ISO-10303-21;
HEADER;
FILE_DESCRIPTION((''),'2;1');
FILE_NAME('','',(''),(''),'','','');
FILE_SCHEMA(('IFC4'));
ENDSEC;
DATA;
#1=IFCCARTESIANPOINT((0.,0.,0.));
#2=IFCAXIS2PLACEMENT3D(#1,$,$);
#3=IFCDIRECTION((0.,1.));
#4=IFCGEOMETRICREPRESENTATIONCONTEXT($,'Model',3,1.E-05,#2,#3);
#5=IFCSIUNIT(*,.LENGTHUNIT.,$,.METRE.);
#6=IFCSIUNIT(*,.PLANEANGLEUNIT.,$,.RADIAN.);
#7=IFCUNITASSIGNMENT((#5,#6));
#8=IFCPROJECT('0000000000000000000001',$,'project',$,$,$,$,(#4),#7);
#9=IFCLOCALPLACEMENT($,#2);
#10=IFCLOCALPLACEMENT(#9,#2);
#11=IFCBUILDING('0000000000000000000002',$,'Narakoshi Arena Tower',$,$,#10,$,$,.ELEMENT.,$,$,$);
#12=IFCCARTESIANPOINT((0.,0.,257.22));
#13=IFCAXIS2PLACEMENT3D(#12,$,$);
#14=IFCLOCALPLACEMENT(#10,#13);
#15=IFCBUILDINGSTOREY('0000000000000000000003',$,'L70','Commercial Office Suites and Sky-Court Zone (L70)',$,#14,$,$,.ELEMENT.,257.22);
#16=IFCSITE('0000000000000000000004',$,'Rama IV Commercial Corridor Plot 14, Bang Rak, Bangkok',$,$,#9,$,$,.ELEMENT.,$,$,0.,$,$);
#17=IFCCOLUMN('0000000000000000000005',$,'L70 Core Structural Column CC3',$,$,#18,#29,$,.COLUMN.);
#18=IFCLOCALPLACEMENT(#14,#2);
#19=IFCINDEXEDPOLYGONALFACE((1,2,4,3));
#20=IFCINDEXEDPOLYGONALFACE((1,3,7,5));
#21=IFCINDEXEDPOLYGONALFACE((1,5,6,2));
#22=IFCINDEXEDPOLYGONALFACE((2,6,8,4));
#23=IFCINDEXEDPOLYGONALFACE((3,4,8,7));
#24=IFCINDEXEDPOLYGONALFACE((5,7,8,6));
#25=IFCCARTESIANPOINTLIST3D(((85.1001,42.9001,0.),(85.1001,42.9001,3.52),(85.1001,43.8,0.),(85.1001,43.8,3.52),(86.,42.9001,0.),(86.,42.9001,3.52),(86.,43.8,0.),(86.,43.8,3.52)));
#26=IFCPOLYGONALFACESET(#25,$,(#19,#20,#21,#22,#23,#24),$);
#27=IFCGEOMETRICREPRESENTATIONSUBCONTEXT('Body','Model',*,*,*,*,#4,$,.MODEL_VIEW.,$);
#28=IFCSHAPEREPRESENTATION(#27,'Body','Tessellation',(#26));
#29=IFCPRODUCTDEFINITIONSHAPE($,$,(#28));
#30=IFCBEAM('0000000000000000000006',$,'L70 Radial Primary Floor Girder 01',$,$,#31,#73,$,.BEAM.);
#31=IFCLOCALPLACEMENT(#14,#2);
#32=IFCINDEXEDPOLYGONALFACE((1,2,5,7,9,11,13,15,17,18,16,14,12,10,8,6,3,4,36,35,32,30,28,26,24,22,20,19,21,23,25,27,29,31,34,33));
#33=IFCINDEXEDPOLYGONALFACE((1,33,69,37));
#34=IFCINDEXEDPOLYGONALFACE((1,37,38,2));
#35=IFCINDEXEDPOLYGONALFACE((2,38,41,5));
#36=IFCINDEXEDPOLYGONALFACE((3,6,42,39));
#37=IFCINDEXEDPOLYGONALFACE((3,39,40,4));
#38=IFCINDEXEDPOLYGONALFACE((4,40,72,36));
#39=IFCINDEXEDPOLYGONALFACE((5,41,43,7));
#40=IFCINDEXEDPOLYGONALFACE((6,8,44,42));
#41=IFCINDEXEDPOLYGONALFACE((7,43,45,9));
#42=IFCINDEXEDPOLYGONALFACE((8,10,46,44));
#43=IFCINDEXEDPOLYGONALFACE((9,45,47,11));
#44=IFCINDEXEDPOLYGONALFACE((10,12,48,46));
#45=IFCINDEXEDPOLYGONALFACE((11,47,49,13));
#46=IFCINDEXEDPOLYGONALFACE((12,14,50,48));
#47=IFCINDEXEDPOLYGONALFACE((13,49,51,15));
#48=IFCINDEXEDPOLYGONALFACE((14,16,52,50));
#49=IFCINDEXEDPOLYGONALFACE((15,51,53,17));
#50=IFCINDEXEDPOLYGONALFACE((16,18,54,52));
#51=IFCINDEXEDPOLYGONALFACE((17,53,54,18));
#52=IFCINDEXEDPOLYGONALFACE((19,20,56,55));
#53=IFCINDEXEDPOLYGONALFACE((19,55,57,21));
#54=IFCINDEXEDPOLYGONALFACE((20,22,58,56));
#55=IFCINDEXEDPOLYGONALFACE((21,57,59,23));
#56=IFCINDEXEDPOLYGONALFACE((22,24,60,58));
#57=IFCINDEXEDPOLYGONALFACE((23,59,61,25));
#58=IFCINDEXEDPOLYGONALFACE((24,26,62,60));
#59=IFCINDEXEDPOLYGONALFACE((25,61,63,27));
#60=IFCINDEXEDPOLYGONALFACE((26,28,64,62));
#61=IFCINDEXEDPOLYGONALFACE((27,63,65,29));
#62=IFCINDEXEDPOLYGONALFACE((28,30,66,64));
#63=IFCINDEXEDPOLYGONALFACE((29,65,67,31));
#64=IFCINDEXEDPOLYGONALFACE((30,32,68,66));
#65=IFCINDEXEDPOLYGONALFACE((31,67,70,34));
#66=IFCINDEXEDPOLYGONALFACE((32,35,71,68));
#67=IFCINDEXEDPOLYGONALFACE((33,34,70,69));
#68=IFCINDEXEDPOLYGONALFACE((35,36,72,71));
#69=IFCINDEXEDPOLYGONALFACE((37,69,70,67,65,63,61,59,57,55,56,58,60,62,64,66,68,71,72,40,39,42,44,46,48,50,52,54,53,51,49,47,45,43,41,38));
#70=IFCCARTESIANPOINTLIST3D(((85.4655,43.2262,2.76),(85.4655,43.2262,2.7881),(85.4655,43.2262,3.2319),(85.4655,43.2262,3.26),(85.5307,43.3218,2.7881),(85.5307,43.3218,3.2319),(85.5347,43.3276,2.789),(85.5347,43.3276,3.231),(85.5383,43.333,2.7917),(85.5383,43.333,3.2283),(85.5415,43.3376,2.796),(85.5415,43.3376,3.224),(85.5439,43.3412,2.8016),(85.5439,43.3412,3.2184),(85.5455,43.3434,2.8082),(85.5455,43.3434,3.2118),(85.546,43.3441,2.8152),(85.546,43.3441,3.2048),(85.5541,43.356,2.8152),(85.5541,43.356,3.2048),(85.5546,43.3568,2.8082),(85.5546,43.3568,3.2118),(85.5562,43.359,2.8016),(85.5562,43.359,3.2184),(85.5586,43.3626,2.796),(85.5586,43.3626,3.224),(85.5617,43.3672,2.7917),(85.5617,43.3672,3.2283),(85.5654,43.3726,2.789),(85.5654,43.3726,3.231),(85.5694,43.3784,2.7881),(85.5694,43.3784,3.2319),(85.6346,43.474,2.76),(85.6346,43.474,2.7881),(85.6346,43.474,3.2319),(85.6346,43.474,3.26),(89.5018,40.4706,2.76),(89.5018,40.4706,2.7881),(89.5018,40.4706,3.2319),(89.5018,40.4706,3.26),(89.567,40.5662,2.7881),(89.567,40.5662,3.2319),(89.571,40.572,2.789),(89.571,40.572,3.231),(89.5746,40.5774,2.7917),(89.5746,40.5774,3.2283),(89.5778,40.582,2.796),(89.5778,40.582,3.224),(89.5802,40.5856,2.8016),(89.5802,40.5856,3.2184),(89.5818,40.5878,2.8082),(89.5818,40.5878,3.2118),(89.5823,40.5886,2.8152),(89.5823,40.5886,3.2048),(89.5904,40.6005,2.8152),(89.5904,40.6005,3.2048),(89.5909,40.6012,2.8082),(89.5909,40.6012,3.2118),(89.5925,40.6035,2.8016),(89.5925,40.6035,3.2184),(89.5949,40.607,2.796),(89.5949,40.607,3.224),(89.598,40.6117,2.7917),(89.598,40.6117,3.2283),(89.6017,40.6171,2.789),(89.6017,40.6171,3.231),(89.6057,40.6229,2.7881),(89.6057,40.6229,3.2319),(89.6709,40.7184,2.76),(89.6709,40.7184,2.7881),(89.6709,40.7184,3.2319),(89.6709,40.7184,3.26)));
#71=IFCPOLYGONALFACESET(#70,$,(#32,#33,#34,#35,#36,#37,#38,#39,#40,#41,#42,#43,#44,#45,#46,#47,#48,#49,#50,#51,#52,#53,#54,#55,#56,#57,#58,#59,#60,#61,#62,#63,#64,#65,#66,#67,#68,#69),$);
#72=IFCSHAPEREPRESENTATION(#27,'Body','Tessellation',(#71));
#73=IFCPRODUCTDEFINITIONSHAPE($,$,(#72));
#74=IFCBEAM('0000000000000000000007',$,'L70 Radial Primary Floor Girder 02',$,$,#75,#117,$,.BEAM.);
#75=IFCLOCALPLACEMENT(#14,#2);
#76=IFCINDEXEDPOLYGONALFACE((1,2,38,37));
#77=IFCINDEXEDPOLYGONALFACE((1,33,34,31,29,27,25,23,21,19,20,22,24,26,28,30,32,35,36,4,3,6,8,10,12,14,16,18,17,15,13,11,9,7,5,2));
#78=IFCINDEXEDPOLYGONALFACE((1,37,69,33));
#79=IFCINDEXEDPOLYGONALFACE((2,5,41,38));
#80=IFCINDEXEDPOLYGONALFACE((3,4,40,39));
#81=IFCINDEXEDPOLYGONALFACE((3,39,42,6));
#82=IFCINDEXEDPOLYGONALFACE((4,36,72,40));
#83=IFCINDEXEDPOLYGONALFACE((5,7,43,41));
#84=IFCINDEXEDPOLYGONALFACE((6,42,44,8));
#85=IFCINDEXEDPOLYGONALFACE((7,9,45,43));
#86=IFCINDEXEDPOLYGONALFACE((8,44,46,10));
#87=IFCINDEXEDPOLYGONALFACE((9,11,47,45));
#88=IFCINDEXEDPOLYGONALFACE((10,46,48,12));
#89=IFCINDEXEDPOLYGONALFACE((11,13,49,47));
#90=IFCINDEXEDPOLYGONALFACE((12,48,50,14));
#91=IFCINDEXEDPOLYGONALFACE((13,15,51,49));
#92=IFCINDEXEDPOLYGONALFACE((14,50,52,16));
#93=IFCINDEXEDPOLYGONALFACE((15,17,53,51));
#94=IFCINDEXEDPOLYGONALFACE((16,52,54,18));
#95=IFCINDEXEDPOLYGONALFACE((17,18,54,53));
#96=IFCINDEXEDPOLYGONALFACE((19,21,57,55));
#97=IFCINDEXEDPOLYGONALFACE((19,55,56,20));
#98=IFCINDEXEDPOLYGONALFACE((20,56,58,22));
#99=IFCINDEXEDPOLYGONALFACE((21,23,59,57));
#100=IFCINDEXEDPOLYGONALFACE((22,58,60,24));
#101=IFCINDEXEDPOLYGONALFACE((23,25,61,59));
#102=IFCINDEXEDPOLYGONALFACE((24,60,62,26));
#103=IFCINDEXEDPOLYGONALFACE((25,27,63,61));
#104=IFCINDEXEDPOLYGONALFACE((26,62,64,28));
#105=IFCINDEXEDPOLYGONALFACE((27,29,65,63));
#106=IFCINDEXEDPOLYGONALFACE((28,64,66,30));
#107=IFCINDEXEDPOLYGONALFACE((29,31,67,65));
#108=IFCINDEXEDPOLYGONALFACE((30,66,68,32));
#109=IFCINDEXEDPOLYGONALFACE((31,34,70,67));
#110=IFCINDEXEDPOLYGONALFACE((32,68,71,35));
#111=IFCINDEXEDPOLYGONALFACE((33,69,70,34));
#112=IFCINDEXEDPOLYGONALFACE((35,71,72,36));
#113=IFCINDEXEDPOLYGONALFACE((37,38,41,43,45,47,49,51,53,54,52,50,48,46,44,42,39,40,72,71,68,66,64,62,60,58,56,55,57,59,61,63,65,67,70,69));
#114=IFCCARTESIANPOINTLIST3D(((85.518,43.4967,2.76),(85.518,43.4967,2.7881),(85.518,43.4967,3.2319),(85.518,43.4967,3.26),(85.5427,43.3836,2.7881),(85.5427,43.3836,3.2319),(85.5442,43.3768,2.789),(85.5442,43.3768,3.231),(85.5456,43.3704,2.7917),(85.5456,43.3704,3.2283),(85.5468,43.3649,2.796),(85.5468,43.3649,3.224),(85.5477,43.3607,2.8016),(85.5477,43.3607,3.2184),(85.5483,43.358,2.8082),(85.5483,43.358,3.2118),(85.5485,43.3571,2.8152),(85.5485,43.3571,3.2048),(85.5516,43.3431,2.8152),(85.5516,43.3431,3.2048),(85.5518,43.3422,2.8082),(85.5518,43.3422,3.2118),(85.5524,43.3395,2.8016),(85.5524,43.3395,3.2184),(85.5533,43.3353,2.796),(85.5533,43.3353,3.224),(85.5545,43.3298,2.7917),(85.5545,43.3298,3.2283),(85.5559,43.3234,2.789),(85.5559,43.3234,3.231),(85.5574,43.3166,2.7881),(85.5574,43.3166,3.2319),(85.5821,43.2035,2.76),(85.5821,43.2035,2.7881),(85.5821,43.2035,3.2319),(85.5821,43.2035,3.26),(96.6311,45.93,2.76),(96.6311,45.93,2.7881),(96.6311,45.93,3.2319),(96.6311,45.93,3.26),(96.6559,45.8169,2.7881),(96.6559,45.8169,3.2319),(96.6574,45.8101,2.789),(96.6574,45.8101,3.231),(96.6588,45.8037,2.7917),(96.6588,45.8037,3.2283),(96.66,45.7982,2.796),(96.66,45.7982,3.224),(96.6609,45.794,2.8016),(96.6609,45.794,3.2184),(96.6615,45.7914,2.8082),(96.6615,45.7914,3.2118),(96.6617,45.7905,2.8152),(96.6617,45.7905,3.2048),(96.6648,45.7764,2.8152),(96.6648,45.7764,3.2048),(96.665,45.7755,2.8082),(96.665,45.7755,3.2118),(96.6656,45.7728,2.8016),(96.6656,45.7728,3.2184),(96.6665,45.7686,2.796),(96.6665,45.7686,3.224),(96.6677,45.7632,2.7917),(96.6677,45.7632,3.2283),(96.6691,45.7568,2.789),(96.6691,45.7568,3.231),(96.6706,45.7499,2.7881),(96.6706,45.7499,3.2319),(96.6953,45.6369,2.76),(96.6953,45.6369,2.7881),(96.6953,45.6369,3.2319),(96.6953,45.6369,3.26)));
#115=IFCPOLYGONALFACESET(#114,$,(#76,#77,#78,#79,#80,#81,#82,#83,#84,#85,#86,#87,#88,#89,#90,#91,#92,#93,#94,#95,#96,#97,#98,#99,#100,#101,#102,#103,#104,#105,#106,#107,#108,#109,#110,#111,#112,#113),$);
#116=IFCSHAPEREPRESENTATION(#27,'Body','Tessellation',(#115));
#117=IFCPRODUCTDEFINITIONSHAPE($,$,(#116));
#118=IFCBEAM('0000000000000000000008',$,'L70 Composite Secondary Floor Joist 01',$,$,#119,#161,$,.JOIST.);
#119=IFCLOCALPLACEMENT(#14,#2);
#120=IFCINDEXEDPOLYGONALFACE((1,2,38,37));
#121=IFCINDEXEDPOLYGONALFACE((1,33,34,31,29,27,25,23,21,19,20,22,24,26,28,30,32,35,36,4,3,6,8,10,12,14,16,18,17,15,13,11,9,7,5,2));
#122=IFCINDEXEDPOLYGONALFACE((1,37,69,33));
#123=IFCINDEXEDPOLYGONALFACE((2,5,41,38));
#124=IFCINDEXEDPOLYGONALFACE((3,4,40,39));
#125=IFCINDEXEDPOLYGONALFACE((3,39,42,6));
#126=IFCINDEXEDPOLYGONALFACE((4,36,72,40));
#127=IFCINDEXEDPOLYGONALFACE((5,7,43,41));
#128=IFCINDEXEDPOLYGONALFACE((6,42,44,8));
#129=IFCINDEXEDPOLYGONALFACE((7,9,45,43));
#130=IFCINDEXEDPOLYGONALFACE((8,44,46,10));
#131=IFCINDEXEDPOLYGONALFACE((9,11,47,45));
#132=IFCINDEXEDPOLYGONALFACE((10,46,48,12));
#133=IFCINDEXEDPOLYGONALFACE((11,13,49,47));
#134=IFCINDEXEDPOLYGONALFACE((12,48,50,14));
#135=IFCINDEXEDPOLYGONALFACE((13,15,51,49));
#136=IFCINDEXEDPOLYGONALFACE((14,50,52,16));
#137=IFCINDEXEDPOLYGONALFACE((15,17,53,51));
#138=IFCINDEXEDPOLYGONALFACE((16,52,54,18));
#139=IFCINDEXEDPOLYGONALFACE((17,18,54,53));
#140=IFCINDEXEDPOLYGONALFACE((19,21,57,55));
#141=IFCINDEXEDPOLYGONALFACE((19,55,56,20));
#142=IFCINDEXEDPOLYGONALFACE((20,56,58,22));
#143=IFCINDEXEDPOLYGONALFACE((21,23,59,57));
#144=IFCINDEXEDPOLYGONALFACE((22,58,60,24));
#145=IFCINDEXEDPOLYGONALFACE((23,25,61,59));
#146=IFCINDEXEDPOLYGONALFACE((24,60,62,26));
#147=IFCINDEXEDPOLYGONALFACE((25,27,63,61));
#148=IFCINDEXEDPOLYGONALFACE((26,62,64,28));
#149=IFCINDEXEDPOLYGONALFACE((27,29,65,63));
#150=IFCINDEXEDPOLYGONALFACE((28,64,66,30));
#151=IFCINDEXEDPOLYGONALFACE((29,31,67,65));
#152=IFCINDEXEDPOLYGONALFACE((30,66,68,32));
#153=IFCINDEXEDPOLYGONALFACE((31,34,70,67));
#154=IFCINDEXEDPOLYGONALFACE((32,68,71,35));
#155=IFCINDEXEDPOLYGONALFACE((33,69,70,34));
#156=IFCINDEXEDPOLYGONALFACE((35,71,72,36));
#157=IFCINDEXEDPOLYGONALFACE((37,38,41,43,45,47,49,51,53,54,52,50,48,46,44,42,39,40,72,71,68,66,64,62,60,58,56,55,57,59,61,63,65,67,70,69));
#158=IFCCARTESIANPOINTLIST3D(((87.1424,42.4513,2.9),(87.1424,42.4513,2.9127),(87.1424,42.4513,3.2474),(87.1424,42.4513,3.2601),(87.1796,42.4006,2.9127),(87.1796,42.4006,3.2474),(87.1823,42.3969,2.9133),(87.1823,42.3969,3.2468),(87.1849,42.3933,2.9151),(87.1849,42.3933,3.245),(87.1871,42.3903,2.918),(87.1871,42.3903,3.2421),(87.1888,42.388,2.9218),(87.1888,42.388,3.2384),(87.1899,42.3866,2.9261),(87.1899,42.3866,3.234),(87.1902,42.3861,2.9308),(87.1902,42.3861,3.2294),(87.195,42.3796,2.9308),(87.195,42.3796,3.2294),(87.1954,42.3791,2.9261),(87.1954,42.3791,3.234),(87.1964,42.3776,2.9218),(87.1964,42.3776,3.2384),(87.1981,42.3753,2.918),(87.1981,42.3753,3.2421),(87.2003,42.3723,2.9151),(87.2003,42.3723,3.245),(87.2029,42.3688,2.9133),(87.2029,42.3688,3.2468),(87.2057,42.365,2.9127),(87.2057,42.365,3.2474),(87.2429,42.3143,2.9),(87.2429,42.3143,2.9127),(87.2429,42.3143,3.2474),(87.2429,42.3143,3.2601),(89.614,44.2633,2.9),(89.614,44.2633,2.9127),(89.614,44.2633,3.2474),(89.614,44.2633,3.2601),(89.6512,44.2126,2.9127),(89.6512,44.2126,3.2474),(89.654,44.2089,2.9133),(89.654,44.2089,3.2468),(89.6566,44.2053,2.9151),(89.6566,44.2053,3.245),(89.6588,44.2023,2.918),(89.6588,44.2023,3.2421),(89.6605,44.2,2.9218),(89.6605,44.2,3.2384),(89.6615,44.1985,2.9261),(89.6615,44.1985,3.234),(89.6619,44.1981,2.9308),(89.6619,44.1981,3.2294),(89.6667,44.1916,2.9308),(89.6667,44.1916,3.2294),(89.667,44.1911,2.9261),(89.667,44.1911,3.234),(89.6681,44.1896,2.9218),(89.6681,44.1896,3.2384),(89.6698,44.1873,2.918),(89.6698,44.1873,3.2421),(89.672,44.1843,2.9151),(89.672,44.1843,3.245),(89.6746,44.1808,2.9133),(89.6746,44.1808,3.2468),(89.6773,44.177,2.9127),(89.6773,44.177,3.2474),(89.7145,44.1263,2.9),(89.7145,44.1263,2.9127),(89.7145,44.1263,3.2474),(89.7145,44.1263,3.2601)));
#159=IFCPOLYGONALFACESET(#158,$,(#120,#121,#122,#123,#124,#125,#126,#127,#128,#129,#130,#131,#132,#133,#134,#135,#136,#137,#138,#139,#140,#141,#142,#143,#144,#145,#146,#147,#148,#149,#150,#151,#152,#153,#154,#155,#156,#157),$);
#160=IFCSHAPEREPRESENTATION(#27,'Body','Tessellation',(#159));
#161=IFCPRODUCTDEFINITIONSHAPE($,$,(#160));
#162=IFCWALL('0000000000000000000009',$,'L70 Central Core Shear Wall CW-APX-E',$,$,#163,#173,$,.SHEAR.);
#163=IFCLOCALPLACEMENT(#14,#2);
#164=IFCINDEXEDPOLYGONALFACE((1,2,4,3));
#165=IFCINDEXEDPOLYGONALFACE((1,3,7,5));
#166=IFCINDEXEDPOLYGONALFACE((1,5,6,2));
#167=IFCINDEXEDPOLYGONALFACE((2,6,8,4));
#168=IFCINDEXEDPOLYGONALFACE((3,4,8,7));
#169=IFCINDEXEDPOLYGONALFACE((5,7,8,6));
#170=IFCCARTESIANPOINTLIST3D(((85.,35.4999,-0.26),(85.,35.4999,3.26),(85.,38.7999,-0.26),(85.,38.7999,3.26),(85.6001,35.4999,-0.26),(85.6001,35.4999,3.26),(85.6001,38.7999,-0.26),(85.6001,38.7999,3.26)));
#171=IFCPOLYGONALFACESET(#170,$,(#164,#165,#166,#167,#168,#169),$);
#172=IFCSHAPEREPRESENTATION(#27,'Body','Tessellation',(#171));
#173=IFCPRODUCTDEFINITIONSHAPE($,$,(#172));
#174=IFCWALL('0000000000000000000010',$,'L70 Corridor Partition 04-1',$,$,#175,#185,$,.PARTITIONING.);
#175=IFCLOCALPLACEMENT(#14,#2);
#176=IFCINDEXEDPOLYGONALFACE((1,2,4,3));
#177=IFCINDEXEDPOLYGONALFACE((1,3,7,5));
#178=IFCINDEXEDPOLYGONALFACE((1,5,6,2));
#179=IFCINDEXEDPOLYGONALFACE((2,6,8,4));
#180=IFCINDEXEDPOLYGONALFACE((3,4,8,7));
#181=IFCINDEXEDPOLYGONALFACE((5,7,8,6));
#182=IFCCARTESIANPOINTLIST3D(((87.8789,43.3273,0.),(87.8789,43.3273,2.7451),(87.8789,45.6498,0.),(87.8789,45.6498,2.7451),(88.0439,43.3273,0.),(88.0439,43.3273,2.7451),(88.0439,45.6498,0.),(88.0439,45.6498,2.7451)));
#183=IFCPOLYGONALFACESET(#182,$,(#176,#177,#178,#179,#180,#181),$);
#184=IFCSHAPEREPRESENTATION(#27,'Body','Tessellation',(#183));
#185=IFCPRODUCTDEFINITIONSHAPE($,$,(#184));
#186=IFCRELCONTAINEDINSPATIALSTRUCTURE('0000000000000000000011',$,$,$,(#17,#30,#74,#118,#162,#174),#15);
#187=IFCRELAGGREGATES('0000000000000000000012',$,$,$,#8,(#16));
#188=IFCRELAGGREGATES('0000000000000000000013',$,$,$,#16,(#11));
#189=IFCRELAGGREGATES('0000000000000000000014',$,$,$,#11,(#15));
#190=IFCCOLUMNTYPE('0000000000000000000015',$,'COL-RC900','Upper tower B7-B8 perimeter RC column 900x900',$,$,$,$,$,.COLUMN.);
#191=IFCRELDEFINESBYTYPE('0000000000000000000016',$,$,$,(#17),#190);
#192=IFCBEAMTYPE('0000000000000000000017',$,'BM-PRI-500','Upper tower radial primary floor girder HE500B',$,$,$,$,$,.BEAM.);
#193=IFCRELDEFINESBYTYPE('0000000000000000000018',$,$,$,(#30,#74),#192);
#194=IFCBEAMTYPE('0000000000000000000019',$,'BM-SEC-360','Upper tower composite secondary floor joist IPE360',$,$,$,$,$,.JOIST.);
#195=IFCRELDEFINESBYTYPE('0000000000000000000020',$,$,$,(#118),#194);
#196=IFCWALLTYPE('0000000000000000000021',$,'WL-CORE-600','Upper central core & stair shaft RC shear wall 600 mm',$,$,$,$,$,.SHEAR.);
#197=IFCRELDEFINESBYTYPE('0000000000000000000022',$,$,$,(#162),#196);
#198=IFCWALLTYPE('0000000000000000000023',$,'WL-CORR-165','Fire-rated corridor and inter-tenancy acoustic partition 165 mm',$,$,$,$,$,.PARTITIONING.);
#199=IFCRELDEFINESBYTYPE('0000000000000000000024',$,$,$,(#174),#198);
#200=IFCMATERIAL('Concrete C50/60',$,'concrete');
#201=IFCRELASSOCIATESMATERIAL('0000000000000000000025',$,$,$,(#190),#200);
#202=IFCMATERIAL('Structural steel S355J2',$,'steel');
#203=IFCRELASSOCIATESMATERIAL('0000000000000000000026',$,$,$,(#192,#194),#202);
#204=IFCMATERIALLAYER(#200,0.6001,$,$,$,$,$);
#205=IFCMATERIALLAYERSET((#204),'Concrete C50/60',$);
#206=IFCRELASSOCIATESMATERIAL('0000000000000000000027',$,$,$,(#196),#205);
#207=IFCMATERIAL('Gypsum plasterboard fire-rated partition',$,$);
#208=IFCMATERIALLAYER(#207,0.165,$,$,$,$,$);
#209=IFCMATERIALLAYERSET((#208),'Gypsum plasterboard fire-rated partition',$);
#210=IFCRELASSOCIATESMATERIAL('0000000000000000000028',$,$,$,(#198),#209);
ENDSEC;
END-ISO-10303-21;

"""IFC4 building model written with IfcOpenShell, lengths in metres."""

from ifc_helpers import new_model, si_unit, direction, frame, frame_2d, origin, origin_2d, place, context, subcontext, project, spatial, rectangle, i_section, extrude, material, layer, layer_set, material_profile, profile_set, type_object, element, save


model = new_model("IFC4")

# Units and contexts
model_context = context("Model", 3, precision=1e-05, world=origin(), true_north=direction((0.0, 1.0)))
body_context = subcontext(model_context, "Body", "Model", "MODEL_VIEW")
ifc_project = project(units=[si_unit("LENGTHUNIT", "METRE"), si_unit("PLANEANGLEUNIT", "RADIAN")], contexts=[model_context])

# Site, building, storey
site_placement = place(None, origin())
site = spatial("IfcSite", under=ifc_project, at=site_placement, Name="Rama IV Commercial Corridor Plot 14, Bang Rak, Bangkok", CompositionType="ELEMENT", RefElevation=0.0)
building_placement = place(site_placement, origin())
building = spatial("IfcBuilding", under=site, at=building_placement, Name="Narakoshi Arena Tower", CompositionType="ELEMENT")
storey_placement = place(building_placement, frame((0.0, 0.0, 257.22)))
storey = spatial("IfcBuildingStorey", under=building, at=storey_placement, Name="L70", Description="Commercial Office Suites and Sky-Court Zone (L70)", CompositionType="ELEMENT", Elevation=257.22)

# Column
ifc_material_1 = material(Name="Concrete C50/60", Category="concrete")
ifc_material_profile_1 = material_profile(ifc_material_1, rectangle(XDim=0.8999, YDim=0.8999, at=origin_2d()), Name="RC900x900")
ifc_profile_set_1 = profile_set([ifc_material_profile_1], Name="Concrete C50/60")
column_type = type_object("IfcColumnType", Name="COL-RC900", Description="Upper tower B7-B8 perimeter RC column 900x900", PredefinedType="COLUMN", material=ifc_profile_set_1)
column_placement = place(storey_placement, frame((85.55, 43.3501, 0.0), z_axis=(0.0, 0.0, 1.0), x_axis=(1.0, 0.0, 0.0)))
element("IfcColumn", 1, at=column_placement, inside=storey, type_object=column_type, Name="L70 Core Structural Column CC3", PredefinedType="COLUMN", context=body_context, shape_type="SweptSolid", body=[
    extrude(rectangle(XDim=0.8999, YDim=0.8999, at=origin_2d()), origin(), (0.0, 0.0, 1.0), 3.52),
])

# Beams
ifc_material_2 = material(Name="Structural steel S355J2", Category="steel")
ifc_material_profile_2 = material_profile(ifc_material_2, i_section(OverallWidth=0.3, OverallDepth=0.5, WebThickness=0.0144, FlangeThickness=0.0281, FilletRadius=0.0271, at=origin_2d()), Name="HE500B")
ifc_profile_set_2 = profile_set([ifc_material_profile_2], Name="Structural steel S355J2")
beam_type_1 = type_object("IfcBeamType", Name="BM-PRI-500", Description="Upper tower radial primary floor girder HE500B", PredefinedType="BEAM", material=ifc_profile_set_2)
beam_1_placement = place(storey_placement, frame((85.55, 43.3501, 3.01), z_axis=(0.82589, -0.563831, 0.0), x_axis=(0.563831, 0.82589, 0.0)))
element("IfcBeam", 2, at=beam_1_placement, inside=storey, type_object=beam_type_1, Name="L70 Radial Primary Floor Girder 01", PredefinedType="BEAM", context=body_context, shape_type="SweptSolid", body=[
    extrude(i_section(OverallWidth=0.3, OverallDepth=0.5, WebThickness=0.0144, FlangeThickness=0.0281, FilletRadius=0.0271, at=origin_2d()), origin(), (0.0, 0.0, 1.0), 4.8872),
])
beam_2_placement = place(storey_placement, frame((85.55, 43.3501, 3.01), z_axis=(0.976857, 0.213891, 0.0), x_axis=(-0.213891, 0.976857, 0.0)))
element("IfcBeam", 3, at=beam_2_placement, inside=storey, type_object=beam_type_1, Name="L70 Radial Primary Floor Girder 02", PredefinedType="BEAM", context=body_context, shape_type="SweptSolid", body=[
    extrude(i_section(OverallWidth=0.3, OverallDepth=0.5, WebThickness=0.0144, FlangeThickness=0.0281, FilletRadius=0.0271, at=origin_2d()), origin(), (0.0, 0.0, 1.0), 11.3765),
])
ifc_material_profile_3 = material_profile(ifc_material_2, i_section(OverallWidth=0.1699, OverallDepth=0.3601, WebThickness=0.0081, FlangeThickness=0.0127, FilletRadius=0.0181, at=origin_2d()), Name="IPE360")
ifc_profile_set_3 = profile_set([ifc_material_profile_3], Name="Structural steel S355J2")
beam_type_2 = type_object("IfcBeamType", Name="BM-SEC-360", Description="Upper tower composite secondary floor joist IPE360", PredefinedType="JOIST", material=ifc_profile_set_3)
beam_3_placement = place(storey_placement, frame((87.1926, 42.3828, 3.0801), z_axis=(0.806491, 0.591246, 0.0), x_axis=(-0.591246, 0.806491, 0.0)))
element("IfcBeam", 4, at=beam_3_placement, inside=storey, type_object=beam_type_2, Name="L70 Composite Secondary Floor Joist 01", PredefinedType="JOIST", context=body_context, shape_type="SweptSolid", body=[
    extrude(i_section(OverallWidth=0.1699, OverallDepth=0.3601, WebThickness=0.0081, FlangeThickness=0.0127, FilletRadius=0.0181, at=origin_2d()), origin(), (0.0, 0.0, 1.0), 3.0647),
])

# Walls
ifc_layer_1 = layer(ifc_material_1, 0.6001)
ifc_layer_set_1 = layer_set([ifc_layer_1], Name="Concrete C50/60")
wall_type_1 = type_object("IfcWallType", Name="WL-CORE-600", Description="Upper central core & stair shaft RC shear wall 600 mm", PredefinedType="SHEAR", material=ifc_layer_set_1)
wall_1_placement = place(storey_placement, frame((85.3, 35.5, -0.26), z_axis=(0.0, 0.0, 1.0), x_axis=(0.0, 1.0, 0.0)))
element("IfcWall", 5, at=wall_1_placement, inside=storey, type_object=wall_type_1, Name="L70 Central Core Shear Wall CW-APX-E", PredefinedType="SHEAR", context=body_context, shape_type="SweptSolid", body=[
    extrude(rectangle(XDim=3.3, YDim=0.6001, at=frame_2d((1.6499, 0.0))), origin(), (0.0, 0.0, 1.0), 3.52),
])
ifc_material_3 = material(Name="Gypsum plasterboard fire-rated partition")
ifc_layer_2 = layer(ifc_material_3, 0.165)
ifc_layer_set_2 = layer_set([ifc_layer_2], Name="Gypsum plasterboard fire-rated partition")
wall_type_2 = type_object("IfcWallType", Name="WL-CORR-165", Description="Fire-rated corridor and inter-tenancy acoustic partition 165 mm", PredefinedType="PARTITIONING", material=ifc_layer_set_2)
wall_2_placement = place(storey_placement, frame((87.9614, 43.3274, 0.0), z_axis=(0.0, 0.0, 1.0), x_axis=(0.0, 1.0, 0.0)))
element("IfcWall", 6, at=wall_2_placement, inside=storey, type_object=wall_type_2, Name="L70 Corridor Partition 04-1", PredefinedType="PARTITIONING", context=body_context, shape_type="SweptSolid", body=[
    extrude(rectangle(XDim=2.3225, YDim=0.165, at=frame_2d((1.1611, 0.0))), origin(), (0.0, 0.0, 1.0), 2.7451),
])

save(model, "model.ifc")
